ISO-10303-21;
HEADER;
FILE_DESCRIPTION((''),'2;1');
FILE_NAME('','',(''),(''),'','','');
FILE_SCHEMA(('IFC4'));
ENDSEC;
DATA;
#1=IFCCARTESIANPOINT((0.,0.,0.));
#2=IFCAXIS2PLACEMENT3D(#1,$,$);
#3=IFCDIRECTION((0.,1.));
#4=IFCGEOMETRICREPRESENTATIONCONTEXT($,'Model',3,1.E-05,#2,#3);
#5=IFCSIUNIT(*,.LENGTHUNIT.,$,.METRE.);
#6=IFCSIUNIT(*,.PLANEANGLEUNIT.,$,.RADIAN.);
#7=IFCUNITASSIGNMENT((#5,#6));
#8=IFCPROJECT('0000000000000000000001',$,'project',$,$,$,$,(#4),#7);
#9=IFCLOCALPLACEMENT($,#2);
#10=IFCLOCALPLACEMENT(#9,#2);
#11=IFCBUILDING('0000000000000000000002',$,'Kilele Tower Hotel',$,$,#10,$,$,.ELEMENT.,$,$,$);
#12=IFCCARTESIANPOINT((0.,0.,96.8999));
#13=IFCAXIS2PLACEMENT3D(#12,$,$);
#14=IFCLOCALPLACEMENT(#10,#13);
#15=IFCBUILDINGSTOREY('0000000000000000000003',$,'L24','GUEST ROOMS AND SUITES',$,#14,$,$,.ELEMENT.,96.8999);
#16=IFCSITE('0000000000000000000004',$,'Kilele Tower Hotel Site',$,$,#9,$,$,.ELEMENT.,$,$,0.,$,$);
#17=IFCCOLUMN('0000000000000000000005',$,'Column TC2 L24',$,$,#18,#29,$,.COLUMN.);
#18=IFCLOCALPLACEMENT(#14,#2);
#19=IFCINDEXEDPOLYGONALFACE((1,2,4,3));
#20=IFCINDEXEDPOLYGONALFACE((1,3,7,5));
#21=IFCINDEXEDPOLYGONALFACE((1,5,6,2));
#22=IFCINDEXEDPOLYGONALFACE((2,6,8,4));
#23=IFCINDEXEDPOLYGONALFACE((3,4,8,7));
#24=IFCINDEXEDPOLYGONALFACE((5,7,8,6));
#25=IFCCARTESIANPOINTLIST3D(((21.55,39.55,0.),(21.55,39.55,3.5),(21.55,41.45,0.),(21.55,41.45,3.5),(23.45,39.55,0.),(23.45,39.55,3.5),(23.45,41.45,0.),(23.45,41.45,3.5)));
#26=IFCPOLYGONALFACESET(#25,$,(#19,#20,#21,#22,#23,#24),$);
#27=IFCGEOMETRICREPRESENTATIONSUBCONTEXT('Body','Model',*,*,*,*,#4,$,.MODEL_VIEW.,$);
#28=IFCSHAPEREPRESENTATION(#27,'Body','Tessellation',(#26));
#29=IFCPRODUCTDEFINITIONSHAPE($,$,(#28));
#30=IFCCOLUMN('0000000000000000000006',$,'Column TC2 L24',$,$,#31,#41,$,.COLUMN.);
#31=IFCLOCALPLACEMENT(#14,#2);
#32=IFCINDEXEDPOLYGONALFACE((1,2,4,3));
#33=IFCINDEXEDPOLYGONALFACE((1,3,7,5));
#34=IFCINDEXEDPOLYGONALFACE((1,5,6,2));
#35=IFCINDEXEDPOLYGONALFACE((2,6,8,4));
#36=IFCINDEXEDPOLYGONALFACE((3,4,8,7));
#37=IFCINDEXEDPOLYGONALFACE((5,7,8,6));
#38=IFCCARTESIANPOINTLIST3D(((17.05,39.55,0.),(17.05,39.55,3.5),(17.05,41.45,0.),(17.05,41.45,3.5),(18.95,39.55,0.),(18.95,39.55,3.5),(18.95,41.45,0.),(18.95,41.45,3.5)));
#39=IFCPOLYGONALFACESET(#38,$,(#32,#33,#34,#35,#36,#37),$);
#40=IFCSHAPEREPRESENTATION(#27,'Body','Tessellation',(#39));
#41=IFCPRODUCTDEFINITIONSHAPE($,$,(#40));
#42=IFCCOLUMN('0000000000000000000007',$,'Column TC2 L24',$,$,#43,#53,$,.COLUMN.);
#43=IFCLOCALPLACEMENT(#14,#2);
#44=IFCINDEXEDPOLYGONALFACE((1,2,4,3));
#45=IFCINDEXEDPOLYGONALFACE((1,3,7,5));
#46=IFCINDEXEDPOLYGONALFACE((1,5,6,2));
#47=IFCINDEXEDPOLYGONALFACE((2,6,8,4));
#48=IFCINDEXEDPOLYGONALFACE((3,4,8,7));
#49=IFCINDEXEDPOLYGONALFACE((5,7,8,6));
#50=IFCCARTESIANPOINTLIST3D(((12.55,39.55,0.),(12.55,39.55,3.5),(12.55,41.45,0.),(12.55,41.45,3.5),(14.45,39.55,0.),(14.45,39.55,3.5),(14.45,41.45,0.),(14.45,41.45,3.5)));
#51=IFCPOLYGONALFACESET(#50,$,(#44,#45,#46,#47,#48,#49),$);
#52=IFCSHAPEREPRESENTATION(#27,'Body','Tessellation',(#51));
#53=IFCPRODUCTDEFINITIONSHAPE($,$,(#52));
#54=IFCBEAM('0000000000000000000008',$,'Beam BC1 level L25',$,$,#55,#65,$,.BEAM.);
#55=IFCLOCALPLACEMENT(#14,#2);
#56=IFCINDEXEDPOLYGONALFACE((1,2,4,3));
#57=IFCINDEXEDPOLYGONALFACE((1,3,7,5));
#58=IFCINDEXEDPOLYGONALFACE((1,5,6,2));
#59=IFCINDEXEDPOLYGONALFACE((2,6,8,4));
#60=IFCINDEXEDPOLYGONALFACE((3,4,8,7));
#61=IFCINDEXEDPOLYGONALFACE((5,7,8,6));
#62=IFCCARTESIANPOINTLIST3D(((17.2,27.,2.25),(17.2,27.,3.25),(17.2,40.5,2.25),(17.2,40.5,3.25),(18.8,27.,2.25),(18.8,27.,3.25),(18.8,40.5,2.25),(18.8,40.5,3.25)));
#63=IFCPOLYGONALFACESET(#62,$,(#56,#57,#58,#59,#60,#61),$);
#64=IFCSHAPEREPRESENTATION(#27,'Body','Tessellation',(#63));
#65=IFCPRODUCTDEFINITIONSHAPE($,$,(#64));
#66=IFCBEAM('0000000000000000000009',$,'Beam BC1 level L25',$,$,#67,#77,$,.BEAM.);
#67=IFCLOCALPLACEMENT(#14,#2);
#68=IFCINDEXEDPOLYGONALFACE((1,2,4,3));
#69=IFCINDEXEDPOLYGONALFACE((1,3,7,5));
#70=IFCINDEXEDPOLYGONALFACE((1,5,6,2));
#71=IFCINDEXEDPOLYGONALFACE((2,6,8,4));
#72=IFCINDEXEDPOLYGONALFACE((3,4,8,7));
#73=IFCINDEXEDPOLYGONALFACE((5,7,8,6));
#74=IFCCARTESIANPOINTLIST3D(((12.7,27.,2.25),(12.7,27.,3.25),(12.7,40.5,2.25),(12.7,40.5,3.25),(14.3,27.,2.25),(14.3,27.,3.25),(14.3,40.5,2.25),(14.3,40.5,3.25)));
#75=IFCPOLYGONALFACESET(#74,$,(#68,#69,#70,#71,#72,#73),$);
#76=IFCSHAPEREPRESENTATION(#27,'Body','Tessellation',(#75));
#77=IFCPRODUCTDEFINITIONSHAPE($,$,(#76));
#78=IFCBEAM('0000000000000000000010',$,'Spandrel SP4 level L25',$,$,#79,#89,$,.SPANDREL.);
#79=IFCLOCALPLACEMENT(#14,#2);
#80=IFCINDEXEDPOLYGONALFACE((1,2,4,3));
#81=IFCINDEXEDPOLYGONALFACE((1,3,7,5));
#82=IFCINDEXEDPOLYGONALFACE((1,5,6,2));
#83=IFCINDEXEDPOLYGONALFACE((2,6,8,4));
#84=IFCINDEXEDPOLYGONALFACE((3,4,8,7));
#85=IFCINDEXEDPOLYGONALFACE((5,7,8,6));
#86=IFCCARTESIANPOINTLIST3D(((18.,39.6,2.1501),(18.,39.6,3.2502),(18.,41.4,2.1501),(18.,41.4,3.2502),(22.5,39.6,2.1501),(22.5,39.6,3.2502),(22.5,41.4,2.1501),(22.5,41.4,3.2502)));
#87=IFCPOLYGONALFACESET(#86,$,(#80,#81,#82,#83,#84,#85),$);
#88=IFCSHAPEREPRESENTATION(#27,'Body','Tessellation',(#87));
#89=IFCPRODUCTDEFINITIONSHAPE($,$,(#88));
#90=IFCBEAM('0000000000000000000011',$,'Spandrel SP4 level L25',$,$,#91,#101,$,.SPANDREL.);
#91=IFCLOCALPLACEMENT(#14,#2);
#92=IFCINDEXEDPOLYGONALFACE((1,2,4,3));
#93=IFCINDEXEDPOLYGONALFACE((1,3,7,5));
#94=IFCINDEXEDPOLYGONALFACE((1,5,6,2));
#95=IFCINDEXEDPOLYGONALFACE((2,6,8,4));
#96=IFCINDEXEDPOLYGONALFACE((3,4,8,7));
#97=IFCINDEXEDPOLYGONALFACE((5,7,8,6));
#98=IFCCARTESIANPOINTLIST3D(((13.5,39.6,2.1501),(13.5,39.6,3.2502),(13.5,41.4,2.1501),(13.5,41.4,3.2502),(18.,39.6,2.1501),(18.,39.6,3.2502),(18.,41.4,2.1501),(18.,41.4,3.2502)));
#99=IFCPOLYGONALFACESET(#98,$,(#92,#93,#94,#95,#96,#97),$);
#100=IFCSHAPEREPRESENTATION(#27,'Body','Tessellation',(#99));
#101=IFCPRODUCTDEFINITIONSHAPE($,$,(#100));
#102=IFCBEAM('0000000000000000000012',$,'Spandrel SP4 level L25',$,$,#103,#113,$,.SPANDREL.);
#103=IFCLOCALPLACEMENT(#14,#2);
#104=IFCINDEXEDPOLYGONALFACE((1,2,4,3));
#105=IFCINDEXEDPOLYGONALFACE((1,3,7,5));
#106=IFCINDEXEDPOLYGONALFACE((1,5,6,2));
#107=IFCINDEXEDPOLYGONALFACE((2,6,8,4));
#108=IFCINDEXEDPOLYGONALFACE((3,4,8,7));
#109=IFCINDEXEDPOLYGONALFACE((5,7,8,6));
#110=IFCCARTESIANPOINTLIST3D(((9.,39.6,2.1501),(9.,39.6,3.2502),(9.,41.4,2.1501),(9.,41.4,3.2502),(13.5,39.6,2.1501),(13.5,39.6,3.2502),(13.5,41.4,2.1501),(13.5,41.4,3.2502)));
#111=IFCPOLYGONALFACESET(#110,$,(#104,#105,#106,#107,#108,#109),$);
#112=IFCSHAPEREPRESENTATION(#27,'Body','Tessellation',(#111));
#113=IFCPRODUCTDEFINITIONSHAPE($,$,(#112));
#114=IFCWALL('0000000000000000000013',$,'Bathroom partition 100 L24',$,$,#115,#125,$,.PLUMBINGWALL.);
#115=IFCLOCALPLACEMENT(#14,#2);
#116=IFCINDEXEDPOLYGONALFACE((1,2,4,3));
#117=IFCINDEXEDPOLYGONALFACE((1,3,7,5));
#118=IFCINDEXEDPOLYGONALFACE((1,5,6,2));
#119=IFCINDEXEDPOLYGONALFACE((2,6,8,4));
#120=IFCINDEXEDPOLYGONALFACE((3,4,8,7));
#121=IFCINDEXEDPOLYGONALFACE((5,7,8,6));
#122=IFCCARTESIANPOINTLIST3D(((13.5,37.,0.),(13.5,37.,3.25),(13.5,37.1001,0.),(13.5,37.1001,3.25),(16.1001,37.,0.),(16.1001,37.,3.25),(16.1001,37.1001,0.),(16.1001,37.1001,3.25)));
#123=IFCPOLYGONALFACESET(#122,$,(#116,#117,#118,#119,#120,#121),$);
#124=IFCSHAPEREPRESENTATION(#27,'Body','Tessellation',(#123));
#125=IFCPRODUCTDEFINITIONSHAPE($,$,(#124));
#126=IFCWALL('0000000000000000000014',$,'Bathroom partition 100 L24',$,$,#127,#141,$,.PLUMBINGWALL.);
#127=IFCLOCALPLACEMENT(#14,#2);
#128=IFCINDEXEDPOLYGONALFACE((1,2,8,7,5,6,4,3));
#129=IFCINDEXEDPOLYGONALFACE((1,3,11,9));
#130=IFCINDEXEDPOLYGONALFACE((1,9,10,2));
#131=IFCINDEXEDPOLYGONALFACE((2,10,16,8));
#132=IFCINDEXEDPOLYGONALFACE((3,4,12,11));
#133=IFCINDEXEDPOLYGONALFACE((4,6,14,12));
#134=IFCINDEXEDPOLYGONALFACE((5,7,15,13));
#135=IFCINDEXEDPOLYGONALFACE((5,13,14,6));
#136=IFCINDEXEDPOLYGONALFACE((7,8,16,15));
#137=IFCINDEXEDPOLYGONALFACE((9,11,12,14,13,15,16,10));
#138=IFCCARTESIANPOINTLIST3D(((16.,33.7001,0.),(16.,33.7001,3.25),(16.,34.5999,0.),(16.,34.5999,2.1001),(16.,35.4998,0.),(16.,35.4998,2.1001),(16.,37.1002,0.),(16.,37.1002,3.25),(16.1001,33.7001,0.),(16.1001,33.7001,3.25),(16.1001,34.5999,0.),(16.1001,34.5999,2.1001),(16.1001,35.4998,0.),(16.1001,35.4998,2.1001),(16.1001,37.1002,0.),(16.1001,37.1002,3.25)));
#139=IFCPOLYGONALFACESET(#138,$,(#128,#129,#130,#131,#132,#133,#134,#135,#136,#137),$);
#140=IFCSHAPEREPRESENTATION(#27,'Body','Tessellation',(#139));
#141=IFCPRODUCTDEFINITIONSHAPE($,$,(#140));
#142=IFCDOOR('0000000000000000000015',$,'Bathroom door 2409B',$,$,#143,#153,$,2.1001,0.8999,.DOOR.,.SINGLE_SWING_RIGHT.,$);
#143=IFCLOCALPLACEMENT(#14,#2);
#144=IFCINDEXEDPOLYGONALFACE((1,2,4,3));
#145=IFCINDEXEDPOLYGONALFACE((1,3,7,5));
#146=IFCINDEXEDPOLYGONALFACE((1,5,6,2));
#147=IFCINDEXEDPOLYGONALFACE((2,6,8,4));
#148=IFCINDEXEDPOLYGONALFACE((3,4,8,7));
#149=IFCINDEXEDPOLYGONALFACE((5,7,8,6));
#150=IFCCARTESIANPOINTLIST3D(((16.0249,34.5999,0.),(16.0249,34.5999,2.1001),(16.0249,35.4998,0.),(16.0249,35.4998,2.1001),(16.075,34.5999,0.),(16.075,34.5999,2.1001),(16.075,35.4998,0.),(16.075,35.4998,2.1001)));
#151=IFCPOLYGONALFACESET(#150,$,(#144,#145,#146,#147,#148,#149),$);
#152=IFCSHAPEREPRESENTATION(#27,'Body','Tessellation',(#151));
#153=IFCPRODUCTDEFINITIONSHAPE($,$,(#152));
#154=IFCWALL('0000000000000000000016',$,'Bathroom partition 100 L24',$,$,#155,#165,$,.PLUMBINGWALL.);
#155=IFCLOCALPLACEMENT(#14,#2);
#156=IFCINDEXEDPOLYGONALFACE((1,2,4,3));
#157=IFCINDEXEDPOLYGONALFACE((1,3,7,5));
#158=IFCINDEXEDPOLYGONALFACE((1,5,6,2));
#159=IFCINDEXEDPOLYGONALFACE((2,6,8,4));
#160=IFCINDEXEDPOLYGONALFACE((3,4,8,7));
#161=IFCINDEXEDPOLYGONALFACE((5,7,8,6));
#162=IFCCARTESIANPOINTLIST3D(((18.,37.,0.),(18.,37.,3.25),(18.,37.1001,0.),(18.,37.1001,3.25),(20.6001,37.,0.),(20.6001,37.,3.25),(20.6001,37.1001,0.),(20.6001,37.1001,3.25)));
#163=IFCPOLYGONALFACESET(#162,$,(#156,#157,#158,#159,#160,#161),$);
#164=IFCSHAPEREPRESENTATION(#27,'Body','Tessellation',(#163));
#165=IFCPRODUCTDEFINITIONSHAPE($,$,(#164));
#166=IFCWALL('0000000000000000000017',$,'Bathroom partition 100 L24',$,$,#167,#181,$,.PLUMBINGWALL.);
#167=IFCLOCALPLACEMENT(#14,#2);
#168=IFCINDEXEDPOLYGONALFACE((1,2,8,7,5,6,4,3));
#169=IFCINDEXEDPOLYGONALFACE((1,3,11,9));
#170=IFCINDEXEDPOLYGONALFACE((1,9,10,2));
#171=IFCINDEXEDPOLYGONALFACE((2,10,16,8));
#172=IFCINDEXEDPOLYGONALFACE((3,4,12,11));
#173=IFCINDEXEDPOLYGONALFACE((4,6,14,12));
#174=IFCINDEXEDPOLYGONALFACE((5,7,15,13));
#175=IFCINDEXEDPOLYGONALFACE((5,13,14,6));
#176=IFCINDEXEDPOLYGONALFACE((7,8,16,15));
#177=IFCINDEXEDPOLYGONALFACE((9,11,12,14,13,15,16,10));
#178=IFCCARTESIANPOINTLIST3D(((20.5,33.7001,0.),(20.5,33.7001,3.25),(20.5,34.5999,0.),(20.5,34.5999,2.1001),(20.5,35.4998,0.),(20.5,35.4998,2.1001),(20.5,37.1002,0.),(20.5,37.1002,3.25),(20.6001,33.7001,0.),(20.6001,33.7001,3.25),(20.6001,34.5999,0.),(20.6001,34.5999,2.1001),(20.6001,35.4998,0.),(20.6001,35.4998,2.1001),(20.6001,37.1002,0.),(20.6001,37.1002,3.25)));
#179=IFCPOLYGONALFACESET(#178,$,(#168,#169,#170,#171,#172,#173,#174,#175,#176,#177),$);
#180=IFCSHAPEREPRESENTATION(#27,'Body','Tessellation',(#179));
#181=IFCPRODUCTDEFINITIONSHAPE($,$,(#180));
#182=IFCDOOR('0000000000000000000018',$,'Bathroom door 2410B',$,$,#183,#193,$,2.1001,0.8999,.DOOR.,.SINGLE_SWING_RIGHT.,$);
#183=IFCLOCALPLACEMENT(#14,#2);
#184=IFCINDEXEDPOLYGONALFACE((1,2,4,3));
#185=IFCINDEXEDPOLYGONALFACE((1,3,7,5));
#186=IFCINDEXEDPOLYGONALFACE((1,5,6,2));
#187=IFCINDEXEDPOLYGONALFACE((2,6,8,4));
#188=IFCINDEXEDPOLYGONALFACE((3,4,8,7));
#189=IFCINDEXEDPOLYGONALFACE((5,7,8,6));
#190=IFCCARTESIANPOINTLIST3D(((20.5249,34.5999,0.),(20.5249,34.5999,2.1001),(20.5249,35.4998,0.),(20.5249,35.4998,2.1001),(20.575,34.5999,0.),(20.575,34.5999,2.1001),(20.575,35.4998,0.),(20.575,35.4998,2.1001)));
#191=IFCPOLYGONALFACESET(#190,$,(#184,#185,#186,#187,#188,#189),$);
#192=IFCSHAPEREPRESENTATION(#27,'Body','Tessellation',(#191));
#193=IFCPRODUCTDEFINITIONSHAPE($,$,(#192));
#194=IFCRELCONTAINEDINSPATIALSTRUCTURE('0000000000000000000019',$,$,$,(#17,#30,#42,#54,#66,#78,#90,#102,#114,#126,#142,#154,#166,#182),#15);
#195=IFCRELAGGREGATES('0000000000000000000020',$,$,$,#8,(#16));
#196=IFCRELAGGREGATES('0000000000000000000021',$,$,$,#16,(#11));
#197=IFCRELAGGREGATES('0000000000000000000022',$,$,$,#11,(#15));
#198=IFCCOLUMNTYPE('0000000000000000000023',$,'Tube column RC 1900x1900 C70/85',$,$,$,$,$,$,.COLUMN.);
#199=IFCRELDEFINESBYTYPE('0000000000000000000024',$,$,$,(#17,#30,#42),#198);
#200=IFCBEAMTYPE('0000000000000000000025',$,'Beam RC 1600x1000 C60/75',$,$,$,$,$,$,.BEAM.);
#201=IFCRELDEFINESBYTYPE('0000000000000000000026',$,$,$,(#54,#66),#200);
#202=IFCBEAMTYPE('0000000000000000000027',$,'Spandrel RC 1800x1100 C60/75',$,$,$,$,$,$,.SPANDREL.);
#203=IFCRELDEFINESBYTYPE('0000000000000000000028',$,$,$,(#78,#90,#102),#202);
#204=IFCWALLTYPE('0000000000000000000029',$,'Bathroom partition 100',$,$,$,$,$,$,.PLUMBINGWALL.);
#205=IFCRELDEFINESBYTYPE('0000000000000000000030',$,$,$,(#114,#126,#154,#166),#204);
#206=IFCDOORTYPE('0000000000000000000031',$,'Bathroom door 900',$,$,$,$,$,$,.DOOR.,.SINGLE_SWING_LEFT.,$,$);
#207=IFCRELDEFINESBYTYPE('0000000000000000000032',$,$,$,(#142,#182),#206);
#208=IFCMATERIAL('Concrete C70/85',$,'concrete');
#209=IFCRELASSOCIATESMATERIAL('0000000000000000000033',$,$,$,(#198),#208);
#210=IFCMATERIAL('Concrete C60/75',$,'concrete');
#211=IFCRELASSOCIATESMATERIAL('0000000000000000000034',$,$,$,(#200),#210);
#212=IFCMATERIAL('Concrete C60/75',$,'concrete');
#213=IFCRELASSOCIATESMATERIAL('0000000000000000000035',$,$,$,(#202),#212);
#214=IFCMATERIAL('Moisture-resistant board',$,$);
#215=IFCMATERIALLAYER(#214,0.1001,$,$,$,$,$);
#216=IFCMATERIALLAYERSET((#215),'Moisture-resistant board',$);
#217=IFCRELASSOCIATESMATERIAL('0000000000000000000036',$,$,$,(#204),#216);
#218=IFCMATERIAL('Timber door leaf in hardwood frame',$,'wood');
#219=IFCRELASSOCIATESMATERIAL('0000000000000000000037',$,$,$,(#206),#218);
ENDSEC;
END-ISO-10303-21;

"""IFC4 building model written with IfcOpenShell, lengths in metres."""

from ifc_helpers import new_model, si_unit, direction, frame, frame_2d, origin, origin_2d, place, context, subcontext, project, spatial, rectangle, extrude, material, layer, layer_set, material_profile, profile_set, type_object, element, fill, save


model = new_model("IFC4")

# Units and contexts
model_context = context("Model", 3, precision=1e-05, world=origin(), true_north=direction((0.0, 1.0)))
body_context = subcontext(model_context, "Body", "Model", "MODEL_VIEW")
ifc_project = project(units=[si_unit("LENGTHUNIT", "METRE"), si_unit("PLANEANGLEUNIT", "RADIAN")], contexts=[model_context])

# Site, building, storey
site_placement = place(None, origin())
site = spatial("IfcSite", under=ifc_project, at=site_placement, Name="Kilele Tower Hotel Site", CompositionType="ELEMENT", RefElevation=0.0)
building_placement = place(site_placement, origin())
building = spatial("IfcBuilding", under=site, at=building_placement, Name="Kilele Tower Hotel", CompositionType="ELEMENT")
storey_placement = place(building_placement, frame((0.0, 0.0, 96.8999)))
storey = spatial("IfcBuildingStorey", under=building, at=storey_placement, Name="L24", Description="GUEST ROOMS AND SUITES", CompositionType="ELEMENT", Elevation=96.8999)

# Columns
ifc_material_1 = material(Name="Concrete C70/85", Category="concrete")
ifc_material_profile_1 = material_profile(ifc_material_1, rectangle(XDim=1.8999, YDim=1.8999, at=origin_2d()))
ifc_profile_set_1 = profile_set([ifc_material_profile_1], Name="Concrete C70/85")
column_type = type_object("IfcColumnType", Name="Tube column RC 1900x1900 C70/85", PredefinedType="COLUMN", material=ifc_profile_set_1)
for number, where, z_axis, x_axis, name in (
    (1, (22.5, 40.5, 0.0), (0.0, 0.0, 1.0), (1.0, 0.0, 0.0), "Column TC2 L24"),
    (2, (18.0, 40.5, 0.0), (0.0, 0.0, 1.0), (1.0, 0.0, 0.0), "Column TC2 L24"),
    (3, (13.5, 40.5, 0.0), (0.0, 0.0, 1.0), (1.0, 0.0, 0.0), "Column TC2 L24"),
):
    element("IfcColumn", number, at=place(storey_placement, frame(where, z_axis=z_axis, x_axis=x_axis)), inside=storey, type_object=column_type, Name=name, PredefinedType="COLUMN", context=body_context, shape_type="SweptSolid", body=[
        extrude(rectangle(XDim=1.8999, YDim=1.8999, at=origin_2d()), origin(), (0.0, 0.0, 1.0), 3.5),
    ])

# Beams
ifc_material_2 = material(Name="Concrete C60/75", Category="concrete")
ifc_material_profile_2 = material_profile(ifc_material_2, rectangle(XDim=1.6001, YDim=1.0, at=origin_2d()))
ifc_profile_set_2 = profile_set([ifc_material_profile_2], Name="Concrete C60/75")
beam_type_1 = type_object("IfcBeamType", Name="Beam RC 1600x1000 C60/75", PredefinedType="BEAM", material=ifc_profile_set_2)
for number, where, z_axis, x_axis, name in (
    (4, (18.0, 40.5, 2.75), (0.0, -1.0, 0.0), (1.0, 0.0, 0.0), "Beam BC1 level L25"),
    (5, (13.5, 40.5, 2.75), (0.0, -1.0, 0.0), (1.0, 0.0, 0.0), "Beam BC1 level L25"),
):
    element("IfcBeam", number, at=place(storey_placement, frame(where, z_axis=z_axis, x_axis=x_axis)), inside=storey, type_object=beam_type_1, Name=name, PredefinedType="BEAM", context=body_context, shape_type="SweptSolid", body=[
        extrude(rectangle(XDim=1.6001, YDim=1.0, at=origin_2d()), origin(), (0.0, 0.0, 1.0), 13.5),
    ])
ifc_material_3 = material(Name="Concrete C60/75", Category="concrete")
ifc_material_profile_3 = material_profile(ifc_material_3, rectangle(XDim=1.8, YDim=1.1001, at=origin_2d()))
ifc_profile_set_3 = profile_set([ifc_material_profile_3], Name="Concrete C60/75")
beam_type_2 = type_object("IfcBeamType", Name="Spandrel RC 1800x1100 C60/75", PredefinedType="SPANDREL", material=ifc_profile_set_3)
for number, where, z_axis, x_axis, name in (
    (6, (22.5, 40.5, 2.7002), (-1.0, 0.0, 0.0), (0.0, -1.0, 0.0), "Spandrel SP4 level L25"),
    (7, (18.0, 40.5, 2.7002), (-1.0, 0.0, 0.0), (0.0, -1.0, 0.0), "Spandrel SP4 level L25"),
    (8, (13.5, 40.5, 2.7002), (-1.0, 0.0, 0.0), (0.0, -1.0, 0.0), "Spandrel SP4 level L25"),
):
    element("IfcBeam", number, at=place(storey_placement, frame(where, z_axis=z_axis, x_axis=x_axis)), inside=storey, type_object=beam_type_2, Name=name, PredefinedType="SPANDREL", context=body_context, shape_type="SweptSolid", body=[
        extrude(rectangle(XDim=1.8, YDim=1.1001, at=origin_2d()), origin(), (0.0, 0.0, 1.0), 4.5),
    ])

# Wall
ifc_material_4 = material(Name="Moisture-resistant board")
ifc_layer_1 = layer(ifc_material_4, 0.1001)
ifc_layer_set_1 = layer_set([ifc_layer_1], Name="Moisture-resistant board")
wall_type_1 = type_object("IfcWallType", Name="Bathroom partition 100", PredefinedType="PLUMBINGWALL", material=ifc_layer_set_1)
wall_1_placement = place(storey_placement, frame((13.5, 37.05, 0.0), z_axis=(0.0, 0.0, 1.0), x_axis=(1.0, 0.0, 0.0)))
element("IfcWall", 9, at=wall_1_placement, inside=storey, type_object=wall_type_1, Name="Bathroom partition 100 L24", PredefinedType="PLUMBINGWALL", context=body_context, shape_type="SweptSolid", body=[
    extrude(rectangle(XDim=2.6001, YDim=0.1001, at=frame_2d((1.3, 0.0))), origin(), (0.0, 0.0, 1.0), 3.25),
])

# Wall, opening, door
wall_2_placement = place(storey_placement, frame((16.05, 33.7, 0.0), z_axis=(0.0, 0.0, 1.0), x_axis=(0.0, 1.0, 0.0)))
wall_2 = element("IfcWall", 10, at=wall_2_placement, inside=storey, type_object=wall_type_1, Name="Bathroom partition 100 L24", PredefinedType="PLUMBINGWALL", context=body_context, shape_type="SweptSolid", body=[
    extrude(rectangle(XDim=3.4001, YDim=0.1001, at=frame_2d((1.7002, 0.0))), origin(), (0.0, 0.0, 1.0), 3.25),
])
opening_1_placement = place(wall_2_placement, frame((1.7998, 0.0, 0.0), z_axis=(0.0, 0.0, 1.0), x_axis=(-1.0, 0.0, 0.0)))
opening_1 = element("IfcOpeningElement", 11, at=opening_1_placement, cuts=wall_2, PredefinedType="OPENING", context=body_context, shape_type="SweptSolid", body=[
    extrude(rectangle(XDim=0.8999, YDim=2.1001, at=frame_2d((0.45, 1.05))), frame((0.0, 0.0601, 0.0), z_axis=(0.0, -1.0, 0.0), x_axis=(1.0, 0.0, 0.0)), (0.0, 0.0, 1.0), 0.1201),
])
ifc_material_5 = material(Name="Timber door leaf in hardwood frame", Category="wood")
door_type_1 = type_object("IfcDoorType", Name="Bathroom door 900", OperationType="SINGLE_SWING_LEFT", PredefinedType="DOOR", material=ifc_material_5)
door_1_placement = place(opening_1_placement, origin())
door_1 = element("IfcDoor", 12, at=door_1_placement, inside=storey, type_object=door_type_1, Name="Bathroom door 2409B", OperationType="SINGLE_SWING_RIGHT", OverallHeight=2.1001, OverallWidth=0.8999, PredefinedType="DOOR", context=body_context, shape_type="SweptSolid", body=[
    extrude(rectangle(XDim=0.8999, YDim=2.1001, at=frame_2d((0.45, 1.05))), frame((0.0, 0.0249, 0.0), z_axis=(0.0, -1.0, 0.0), x_axis=(1.0, 0.0, 0.0)), (0.0, 0.0, 1.0), 0.05),
])
fill(opening_1, door_1)

# Wall
wall_3_placement = place(storey_placement, frame((18.0, 37.05, 0.0), z_axis=(0.0, 0.0, 1.0), x_axis=(1.0, 0.0, 0.0)))
element("IfcWall", 13, at=wall_3_placement, inside=storey, type_object=wall_type_1, Name="Bathroom partition 100 L24", PredefinedType="PLUMBINGWALL", context=body_context, shape_type="SweptSolid", body=[
    extrude(rectangle(XDim=2.6001, YDim=0.1001, at=frame_2d((1.3, 0.0))), origin(), (0.0, 0.0, 1.0), 3.25),
])

# Wall, opening, door
wall_4_placement = place(storey_placement, frame((20.55, 33.7, 0.0), z_axis=(0.0, 0.0, 1.0), x_axis=(0.0, 1.0, 0.0)))
wall_4 = element("IfcWall", 14, at=wall_4_placement, inside=storey, type_object=wall_type_1, Name="Bathroom partition 100 L24", PredefinedType="PLUMBINGWALL", context=body_context, shape_type="SweptSolid", body=[
    extrude(rectangle(XDim=3.4001, YDim=0.1001, at=frame_2d((1.7002, 0.0))), origin(), (0.0, 0.0, 1.0), 3.25),
])
opening_2_placement = place(wall_4_placement, frame((1.7998, 0.0, 0.0), z_axis=(0.0, 0.0, 1.0), x_axis=(-1.0, 0.0, 0.0)))
opening_2 = element("IfcOpeningElement", 15, at=opening_2_placement, cuts=wall_4, PredefinedType="OPENING", context=body_context, shape_type="SweptSolid", body=[
    extrude(rectangle(XDim=0.8999, YDim=2.1001, at=frame_2d((0.45, 1.05))), frame((0.0, 0.0601, 0.0), z_axis=(0.0, -1.0, 0.0), x_axis=(1.0, 0.0, 0.0)), (0.0, 0.0, 1.0), 0.1201),
])
door_2_placement = place(opening_2_placement, origin())
door_2 = element("IfcDoor", 16, at=door_2_placement, inside=storey, type_object=door_type_1, Name="Bathroom door 2410B", OperationType="SINGLE_SWING_RIGHT", OverallHeight=2.1001, OverallWidth=0.8999, PredefinedType="DOOR", context=body_context, shape_type="SweptSolid", body=[
    extrude(rectangle(XDim=0.8999, YDim=2.1001, at=frame_2d((0.45, 1.05))), frame((0.0, 0.0249, 0.0), z_axis=(0.0, -1.0, 0.0), x_axis=(1.0, 0.0, 0.0)), (0.0, 0.0, 1.0), 0.05),
])
fill(opening_2, door_2)

save(model, "model.ifc")
